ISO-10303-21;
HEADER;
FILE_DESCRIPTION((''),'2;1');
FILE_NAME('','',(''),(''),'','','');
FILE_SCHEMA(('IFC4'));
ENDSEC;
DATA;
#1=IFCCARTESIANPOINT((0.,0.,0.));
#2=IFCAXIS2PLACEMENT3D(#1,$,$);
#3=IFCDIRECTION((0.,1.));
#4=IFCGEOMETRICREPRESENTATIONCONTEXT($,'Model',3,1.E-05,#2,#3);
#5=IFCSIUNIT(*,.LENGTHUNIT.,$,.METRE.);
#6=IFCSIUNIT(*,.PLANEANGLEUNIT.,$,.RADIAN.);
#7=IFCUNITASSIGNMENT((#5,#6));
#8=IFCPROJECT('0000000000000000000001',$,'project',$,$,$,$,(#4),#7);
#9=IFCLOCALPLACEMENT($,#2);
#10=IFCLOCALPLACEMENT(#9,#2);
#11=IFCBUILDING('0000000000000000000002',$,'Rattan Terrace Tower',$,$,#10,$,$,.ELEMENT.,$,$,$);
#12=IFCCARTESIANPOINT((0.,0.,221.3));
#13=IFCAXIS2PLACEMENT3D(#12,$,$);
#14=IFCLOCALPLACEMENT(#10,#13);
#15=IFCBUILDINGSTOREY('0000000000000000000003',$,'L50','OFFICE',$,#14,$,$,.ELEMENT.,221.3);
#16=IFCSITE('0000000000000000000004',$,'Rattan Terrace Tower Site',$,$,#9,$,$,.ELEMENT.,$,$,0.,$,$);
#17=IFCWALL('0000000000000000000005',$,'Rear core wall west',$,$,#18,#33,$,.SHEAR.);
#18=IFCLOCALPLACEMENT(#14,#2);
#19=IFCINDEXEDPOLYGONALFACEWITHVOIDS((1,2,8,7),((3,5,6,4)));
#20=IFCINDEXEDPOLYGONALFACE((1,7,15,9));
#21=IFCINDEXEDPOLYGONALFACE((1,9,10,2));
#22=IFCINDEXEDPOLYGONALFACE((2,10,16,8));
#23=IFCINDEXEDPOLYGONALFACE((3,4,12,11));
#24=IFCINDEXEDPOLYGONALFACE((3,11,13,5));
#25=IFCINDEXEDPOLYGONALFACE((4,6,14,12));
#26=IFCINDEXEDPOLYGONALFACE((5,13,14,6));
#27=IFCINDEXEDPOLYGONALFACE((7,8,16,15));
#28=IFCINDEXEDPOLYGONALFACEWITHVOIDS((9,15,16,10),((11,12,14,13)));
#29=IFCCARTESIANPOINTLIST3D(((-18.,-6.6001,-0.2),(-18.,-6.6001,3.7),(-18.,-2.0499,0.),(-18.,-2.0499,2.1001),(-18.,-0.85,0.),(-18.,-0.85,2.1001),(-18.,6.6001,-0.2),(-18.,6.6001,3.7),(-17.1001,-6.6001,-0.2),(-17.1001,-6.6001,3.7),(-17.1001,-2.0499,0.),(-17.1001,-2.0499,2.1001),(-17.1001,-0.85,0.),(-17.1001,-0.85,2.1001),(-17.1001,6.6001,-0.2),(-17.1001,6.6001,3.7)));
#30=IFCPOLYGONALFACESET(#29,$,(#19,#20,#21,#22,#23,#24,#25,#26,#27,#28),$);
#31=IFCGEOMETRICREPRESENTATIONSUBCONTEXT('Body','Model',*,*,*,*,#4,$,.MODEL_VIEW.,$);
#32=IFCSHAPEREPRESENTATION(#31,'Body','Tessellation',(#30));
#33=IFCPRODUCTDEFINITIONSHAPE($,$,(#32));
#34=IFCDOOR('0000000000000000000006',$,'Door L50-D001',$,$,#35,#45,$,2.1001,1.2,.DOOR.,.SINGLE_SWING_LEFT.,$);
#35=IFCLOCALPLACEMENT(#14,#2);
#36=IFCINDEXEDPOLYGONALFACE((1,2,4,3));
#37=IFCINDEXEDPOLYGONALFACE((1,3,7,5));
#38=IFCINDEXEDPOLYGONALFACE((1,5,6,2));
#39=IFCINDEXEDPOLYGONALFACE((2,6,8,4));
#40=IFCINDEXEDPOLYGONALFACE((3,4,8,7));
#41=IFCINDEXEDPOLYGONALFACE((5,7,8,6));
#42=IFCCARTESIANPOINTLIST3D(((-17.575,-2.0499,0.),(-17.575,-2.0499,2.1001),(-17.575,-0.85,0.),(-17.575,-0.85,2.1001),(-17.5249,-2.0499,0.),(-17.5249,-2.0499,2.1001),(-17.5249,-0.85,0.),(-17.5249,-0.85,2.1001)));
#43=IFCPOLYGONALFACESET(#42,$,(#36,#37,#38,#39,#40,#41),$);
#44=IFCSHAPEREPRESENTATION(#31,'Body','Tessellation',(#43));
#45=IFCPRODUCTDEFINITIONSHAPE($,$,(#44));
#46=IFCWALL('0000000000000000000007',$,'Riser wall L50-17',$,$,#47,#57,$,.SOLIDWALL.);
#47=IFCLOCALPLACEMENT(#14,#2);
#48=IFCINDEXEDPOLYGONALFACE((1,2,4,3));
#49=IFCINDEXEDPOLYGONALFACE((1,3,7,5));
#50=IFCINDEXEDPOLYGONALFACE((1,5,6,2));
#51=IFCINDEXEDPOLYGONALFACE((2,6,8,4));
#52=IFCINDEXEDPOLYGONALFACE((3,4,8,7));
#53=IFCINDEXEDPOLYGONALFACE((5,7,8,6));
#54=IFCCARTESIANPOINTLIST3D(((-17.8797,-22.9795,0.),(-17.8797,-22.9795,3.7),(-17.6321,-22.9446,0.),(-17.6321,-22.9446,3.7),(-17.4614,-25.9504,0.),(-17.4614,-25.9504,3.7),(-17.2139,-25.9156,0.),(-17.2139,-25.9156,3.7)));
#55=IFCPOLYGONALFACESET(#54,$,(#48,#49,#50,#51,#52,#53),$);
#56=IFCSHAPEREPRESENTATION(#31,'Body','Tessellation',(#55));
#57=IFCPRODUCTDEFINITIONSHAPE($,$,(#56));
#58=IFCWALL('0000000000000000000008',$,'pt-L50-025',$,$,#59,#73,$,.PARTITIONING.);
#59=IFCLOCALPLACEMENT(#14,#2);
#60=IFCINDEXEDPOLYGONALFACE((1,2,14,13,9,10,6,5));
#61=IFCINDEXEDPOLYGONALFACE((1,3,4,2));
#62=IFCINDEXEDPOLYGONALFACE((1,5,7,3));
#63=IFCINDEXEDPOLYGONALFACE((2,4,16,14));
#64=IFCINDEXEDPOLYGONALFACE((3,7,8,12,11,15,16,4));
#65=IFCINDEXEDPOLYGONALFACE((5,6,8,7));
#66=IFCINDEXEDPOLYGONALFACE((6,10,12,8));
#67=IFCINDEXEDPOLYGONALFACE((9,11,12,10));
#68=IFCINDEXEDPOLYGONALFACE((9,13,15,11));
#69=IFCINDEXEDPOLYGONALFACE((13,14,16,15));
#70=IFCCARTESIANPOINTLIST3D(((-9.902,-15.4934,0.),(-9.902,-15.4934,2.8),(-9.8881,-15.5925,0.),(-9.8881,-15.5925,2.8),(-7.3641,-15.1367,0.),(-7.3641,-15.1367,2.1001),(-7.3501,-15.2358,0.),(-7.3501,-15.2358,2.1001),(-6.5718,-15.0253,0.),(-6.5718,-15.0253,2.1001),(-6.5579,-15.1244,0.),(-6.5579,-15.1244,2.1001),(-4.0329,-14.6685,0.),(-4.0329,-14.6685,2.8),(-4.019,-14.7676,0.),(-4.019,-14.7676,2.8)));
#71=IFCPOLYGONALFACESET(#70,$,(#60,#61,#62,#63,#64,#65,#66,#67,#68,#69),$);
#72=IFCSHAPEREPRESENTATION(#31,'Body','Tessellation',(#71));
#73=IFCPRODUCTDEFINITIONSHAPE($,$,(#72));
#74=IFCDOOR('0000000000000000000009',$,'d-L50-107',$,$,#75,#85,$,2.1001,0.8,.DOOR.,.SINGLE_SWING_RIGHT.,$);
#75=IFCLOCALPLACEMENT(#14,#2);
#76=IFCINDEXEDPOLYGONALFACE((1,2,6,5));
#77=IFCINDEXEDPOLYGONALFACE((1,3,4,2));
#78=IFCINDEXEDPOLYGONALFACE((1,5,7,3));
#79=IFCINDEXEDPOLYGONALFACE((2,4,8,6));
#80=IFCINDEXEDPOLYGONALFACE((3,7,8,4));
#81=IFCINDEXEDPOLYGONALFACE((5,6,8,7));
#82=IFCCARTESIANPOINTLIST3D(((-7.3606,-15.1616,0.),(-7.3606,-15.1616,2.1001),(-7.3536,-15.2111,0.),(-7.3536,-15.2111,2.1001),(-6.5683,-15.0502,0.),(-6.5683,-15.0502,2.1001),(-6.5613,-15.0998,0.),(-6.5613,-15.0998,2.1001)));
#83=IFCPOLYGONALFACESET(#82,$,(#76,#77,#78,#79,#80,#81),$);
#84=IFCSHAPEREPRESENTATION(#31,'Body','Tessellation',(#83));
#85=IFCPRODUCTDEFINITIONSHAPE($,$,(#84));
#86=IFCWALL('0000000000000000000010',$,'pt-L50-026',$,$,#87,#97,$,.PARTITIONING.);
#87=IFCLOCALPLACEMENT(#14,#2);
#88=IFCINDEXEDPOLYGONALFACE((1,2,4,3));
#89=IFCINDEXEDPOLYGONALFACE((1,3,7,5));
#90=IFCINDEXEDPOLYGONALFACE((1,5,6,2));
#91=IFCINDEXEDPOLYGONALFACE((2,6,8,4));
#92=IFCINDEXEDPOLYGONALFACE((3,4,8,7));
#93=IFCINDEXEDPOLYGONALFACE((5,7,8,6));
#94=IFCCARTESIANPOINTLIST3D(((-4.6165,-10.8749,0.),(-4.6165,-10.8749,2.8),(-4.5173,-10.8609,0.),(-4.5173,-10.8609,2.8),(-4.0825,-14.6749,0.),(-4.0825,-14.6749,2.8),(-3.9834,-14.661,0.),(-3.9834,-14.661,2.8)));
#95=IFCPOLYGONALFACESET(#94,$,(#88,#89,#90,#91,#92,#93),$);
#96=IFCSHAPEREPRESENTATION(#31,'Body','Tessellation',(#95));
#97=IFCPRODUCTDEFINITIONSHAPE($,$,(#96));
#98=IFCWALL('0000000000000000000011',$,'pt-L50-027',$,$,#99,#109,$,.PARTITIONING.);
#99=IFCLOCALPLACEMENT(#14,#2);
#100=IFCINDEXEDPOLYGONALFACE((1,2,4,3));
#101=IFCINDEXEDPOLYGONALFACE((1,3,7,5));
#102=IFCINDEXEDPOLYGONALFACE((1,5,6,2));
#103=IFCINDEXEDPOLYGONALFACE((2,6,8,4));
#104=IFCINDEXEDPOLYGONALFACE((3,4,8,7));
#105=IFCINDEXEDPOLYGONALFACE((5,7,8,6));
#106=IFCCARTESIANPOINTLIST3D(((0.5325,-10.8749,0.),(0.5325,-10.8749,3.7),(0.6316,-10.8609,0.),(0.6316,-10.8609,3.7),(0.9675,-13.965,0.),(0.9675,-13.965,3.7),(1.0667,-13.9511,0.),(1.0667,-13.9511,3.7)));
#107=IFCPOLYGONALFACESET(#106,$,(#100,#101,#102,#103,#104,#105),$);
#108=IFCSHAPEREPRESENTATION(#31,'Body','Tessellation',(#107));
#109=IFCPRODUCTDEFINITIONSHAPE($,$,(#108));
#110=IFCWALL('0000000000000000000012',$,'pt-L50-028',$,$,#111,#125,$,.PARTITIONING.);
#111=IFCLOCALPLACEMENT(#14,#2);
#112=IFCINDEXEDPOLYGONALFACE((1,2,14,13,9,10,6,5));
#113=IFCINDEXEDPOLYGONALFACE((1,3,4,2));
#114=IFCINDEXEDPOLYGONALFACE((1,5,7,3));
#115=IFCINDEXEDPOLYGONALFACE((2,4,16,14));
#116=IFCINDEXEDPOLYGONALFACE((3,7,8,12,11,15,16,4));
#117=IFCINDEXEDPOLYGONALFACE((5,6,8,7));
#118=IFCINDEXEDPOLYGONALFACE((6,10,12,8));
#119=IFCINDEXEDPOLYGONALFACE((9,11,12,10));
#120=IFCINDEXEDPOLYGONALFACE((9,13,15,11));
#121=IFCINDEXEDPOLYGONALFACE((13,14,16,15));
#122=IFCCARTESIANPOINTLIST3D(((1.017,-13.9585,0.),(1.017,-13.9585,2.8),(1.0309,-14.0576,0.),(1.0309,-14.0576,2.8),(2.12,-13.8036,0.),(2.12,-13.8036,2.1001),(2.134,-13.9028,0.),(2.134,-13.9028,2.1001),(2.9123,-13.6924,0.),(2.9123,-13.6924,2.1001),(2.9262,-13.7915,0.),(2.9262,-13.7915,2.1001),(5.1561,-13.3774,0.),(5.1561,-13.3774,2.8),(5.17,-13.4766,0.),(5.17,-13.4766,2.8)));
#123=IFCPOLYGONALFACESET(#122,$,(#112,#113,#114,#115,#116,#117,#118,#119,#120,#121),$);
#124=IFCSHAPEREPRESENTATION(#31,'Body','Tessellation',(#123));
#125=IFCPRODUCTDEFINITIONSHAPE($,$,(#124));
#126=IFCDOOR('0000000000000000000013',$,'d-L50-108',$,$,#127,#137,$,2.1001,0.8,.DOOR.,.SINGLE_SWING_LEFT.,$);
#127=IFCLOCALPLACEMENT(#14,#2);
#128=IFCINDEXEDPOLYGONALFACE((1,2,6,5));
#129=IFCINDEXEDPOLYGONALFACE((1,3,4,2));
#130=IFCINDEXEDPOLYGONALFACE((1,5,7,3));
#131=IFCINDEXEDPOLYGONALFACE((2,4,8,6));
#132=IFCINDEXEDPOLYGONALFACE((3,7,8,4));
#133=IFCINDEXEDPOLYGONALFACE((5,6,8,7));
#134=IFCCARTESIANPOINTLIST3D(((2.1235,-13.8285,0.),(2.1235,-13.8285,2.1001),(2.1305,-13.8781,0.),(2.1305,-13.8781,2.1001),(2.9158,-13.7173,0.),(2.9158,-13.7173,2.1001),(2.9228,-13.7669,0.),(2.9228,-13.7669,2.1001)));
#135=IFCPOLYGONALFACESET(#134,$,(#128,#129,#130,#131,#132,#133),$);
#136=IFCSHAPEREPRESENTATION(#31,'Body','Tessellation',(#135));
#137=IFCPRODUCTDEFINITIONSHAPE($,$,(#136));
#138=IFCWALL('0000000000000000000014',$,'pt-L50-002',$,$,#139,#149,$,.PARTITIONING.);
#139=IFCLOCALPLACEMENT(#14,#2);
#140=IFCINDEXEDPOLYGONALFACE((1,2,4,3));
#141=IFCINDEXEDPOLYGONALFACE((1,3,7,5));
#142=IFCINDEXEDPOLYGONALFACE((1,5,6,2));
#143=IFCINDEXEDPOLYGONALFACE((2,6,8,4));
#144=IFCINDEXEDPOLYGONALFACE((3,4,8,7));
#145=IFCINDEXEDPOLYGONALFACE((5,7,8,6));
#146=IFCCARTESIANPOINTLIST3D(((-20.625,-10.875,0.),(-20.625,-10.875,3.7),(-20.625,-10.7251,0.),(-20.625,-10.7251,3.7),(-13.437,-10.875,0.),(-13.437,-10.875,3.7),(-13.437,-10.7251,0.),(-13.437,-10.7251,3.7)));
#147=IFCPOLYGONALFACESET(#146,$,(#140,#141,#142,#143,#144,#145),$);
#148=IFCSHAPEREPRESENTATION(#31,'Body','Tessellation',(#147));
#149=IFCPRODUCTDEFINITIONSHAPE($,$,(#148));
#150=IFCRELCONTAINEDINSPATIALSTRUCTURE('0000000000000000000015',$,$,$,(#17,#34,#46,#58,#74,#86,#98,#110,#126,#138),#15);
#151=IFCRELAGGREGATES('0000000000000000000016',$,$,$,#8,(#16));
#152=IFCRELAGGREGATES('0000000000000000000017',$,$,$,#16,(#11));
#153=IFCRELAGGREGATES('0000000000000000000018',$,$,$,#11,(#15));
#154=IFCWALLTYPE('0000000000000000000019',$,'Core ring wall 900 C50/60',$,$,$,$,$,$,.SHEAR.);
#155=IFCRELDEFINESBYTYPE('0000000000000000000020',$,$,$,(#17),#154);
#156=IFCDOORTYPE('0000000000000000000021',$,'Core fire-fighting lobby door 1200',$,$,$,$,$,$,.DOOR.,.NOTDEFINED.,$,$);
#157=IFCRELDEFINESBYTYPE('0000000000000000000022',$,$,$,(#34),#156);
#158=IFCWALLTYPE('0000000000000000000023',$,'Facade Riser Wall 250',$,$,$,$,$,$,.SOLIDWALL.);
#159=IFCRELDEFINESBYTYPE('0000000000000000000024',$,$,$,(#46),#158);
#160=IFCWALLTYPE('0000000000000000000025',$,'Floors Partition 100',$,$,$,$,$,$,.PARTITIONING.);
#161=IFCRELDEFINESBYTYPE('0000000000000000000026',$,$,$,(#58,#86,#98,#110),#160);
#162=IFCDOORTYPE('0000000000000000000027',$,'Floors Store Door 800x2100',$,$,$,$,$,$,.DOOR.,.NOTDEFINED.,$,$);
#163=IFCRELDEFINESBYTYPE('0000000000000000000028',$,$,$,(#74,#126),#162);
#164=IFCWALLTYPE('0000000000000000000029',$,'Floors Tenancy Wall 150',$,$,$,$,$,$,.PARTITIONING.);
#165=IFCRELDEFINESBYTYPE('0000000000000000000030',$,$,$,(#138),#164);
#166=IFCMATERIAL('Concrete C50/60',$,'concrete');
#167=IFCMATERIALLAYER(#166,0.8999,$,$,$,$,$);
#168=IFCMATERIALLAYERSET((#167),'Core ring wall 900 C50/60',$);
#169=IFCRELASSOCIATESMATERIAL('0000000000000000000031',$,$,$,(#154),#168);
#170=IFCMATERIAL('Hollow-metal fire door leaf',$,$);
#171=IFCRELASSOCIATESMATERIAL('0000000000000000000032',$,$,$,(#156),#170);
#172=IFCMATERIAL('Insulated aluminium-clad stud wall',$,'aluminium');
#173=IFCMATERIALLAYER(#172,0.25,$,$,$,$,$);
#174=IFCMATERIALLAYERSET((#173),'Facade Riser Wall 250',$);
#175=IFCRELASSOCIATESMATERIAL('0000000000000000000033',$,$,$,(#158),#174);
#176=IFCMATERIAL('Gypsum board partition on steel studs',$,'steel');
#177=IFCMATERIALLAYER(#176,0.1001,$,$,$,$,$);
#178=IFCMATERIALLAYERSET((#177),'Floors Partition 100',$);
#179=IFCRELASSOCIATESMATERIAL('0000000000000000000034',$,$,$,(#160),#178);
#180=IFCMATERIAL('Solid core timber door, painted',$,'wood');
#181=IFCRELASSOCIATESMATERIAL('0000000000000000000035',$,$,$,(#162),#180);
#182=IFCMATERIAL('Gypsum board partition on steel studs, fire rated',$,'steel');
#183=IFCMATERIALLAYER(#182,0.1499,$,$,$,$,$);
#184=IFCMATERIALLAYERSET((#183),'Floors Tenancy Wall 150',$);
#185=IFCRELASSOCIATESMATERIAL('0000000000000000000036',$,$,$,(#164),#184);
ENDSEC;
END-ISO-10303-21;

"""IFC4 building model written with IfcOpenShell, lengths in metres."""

from ifc_helpers import new_model, si_unit, direction, frame, frame_2d, origin, place, context, subcontext, project, spatial, rectangle, extrude, material, layer, layer_set, type_object, element, fill, save


model = new_model("IFC4")

# Units and contexts
model_context = context("Model", 3, precision=1e-05, world=origin(), true_north=direction((0.0, 1.0)))
body_context = subcontext(model_context, "Body", "Model", "MODEL_VIEW")
ifc_project = project(units=[si_unit("LENGTHUNIT", "METRE"), si_unit("PLANEANGLEUNIT", "RADIAN")], contexts=[model_context])

# Site, building, storey
site_placement = place(None, origin())
site = spatial("IfcSite", under=ifc_project, at=site_placement, Name="Rattan Terrace Tower Site", CompositionType="ELEMENT", RefElevation=0.0)
building_placement = place(site_placement, origin())
building = spatial("IfcBuilding", under=site, at=building_placement, Name="Rattan Terrace Tower", CompositionType="ELEMENT")
storey_placement = place(building_placement, frame((0.0, 0.0, 221.3)))
storey = spatial("IfcBuildingStorey", under=building, at=storey_placement, Name="L50", Description="OFFICE", CompositionType="ELEMENT", Elevation=221.3)

# Wall, opening, door
ifc_material_1 = material(Name="Concrete C50/60", Category="concrete")
ifc_layer_1 = layer(ifc_material_1, 0.8999)
ifc_layer_set_1 = layer_set([ifc_layer_1], Name="Core ring wall 900 C50/60")
wall_type_1 = type_object("IfcWallType", Name="Core ring wall 900 C50/60", PredefinedType="SHEAR", material=ifc_layer_set_1)
wall_1_placement = place(storey_placement, frame((-17.55, -6.6001, -0.2), z_axis=(0.0, 0.0, 1.0), x_axis=(0.0, 1.0, 0.0)))
wall_1 = element("IfcWall", 1, at=wall_1_placement, inside=storey, type_object=wall_type_1, Name="Rear core wall west", PredefinedType="SHEAR", context=body_context, shape_type="SweptSolid", body=[
    extrude(rectangle(XDim=13.2002, YDim=0.8999, at=frame_2d((6.6001, 0.0))), origin(), (0.0, 0.0, 1.0), 3.8999),
])
opening_1_placement = place(wall_1_placement, frame((4.55, 0.0, 0.2)))
opening_1 = element("IfcOpeningElement", 2, at=opening_1_placement, cuts=wall_1, PredefinedType="OPENING", context=body_context, shape_type="SweptSolid", body=[
    extrude(rectangle(XDim=1.2, YDim=2.1001, at=frame_2d((0.6001, 1.05))), frame((0.0, 0.4604, 0.0), z_axis=(0.0, -1.0, 0.0), x_axis=(1.0, 0.0, 0.0)), (0.0, 0.0, 1.0), 0.9209),
])
ifc_material_2 = material(Name="Hollow-metal fire door leaf")
door_type_1 = type_object("IfcDoorType", Name="Core fire-fighting lobby door 1200", OperationType="NOTDEFINED", PredefinedType="DOOR", material=ifc_material_2)
door_1_placement = place(opening_1_placement, origin())
door_1 = element("IfcDoor", 3, at=door_1_placement, inside=storey, type_object=door_type_1, Name="Door L50-D001", OperationType="SINGLE_SWING_LEFT", OverallHeight=2.1001, OverallWidth=1.2, PredefinedType="DOOR", context=body_context, shape_type="SweptSolid", body=[
    extrude(rectangle(XDim=1.2, YDim=2.1001, at=frame_2d((0.6001, 1.05))), frame((0.0, 0.0249, 0.0), z_axis=(0.0, -1.0, 0.0), x_axis=(1.0, 0.0, 0.0)), (0.0, 0.0, 1.0), 0.05),
])
fill(opening_1, door_1)

# Wall
ifc_material_3 = material(Name="Insulated aluminium-clad stud wall", Category="aluminium")
ifc_layer_2 = layer(ifc_material_3, 0.25)
ifc_layer_set_2 = layer_set([ifc_layer_2], Name="Facade Riser Wall 250")
wall_type_2 = type_object("IfcWallType", Name="Facade Riser Wall 250", PredefinedType="SOLIDWALL", material=ifc_layer_set_2)
wall_2_placement = place(storey_placement, frame((-17.7559, -22.9622, 0.0), z_axis=(0.0, 0.0, 1.0), x_axis=(0.139393, -0.990237, 0.0)))
element("IfcWall", 4, at=wall_2_placement, inside=storey, type_object=wall_type_2, Name="Riser wall L50-17", PredefinedType="SOLIDWALL", context=body_context, shape_type="SweptSolid", body=[
    extrude(rectangle(XDim=3.0002, YDim=0.25, at=frame_2d((1.5, 0.0))), origin(), (0.0, 0.0, 1.0), 3.7),
])

# Wall, opening, door
ifc_material_4 = material(Name="Gypsum board partition on steel studs", Category="steel")
ifc_layer_3 = layer(ifc_material_4, 0.1001)
ifc_layer_set_3 = layer_set([ifc_layer_3], Name="Floors Partition 100")
wall_type_3 = type_object("IfcWallType", Name="Floors Partition 100", PredefinedType="PARTITIONING", material=ifc_layer_set_3)
wall_3_placement = place(storey_placement, frame((-9.895, -15.543, 0.0), z_axis=(0.0, 0.0, 1.0), x_axis=(0.990266, 0.139189, 0.0)))
wall_3 = element("IfcWall", 5, at=wall_3_placement, inside=storey, type_object=wall_type_3, Name="pt-L50-025", PredefinedType="PARTITIONING", context=body_context, shape_type="SweptSolid", body=[
    extrude(rectangle(XDim=5.9268, YDim=0.1001, at=frame_2d((2.9634, 0.0))), origin(), (0.0, 0.0, 1.0), 2.8),
])
opening_2_placement = place(wall_3_placement, frame((2.563, 0.0, 0.0)))
opening_2 = element("IfcOpeningElement", 6, at=opening_2_placement, cuts=wall_3, PredefinedType="OPENING", context=body_context, shape_type="SweptSolid", body=[
    extrude(rectangle(XDim=0.8, YDim=2.1001, at=frame_2d((0.3999, 1.05))), frame((0.0, 0.0605, 0.0), z_axis=(0.0, -1.0, 0.0), x_axis=(1.0, 0.0, 0.0)), (0.0, 0.0, 1.0), 0.1211),
])
ifc_material_5 = material(Name="Solid core timber door, painted", Category="wood")
door_type_2 = type_object("IfcDoorType", Name="Floors Store Door 800x2100", OperationType="NOTDEFINED", PredefinedType="DOOR", material=ifc_material_5)
door_2_placement = place(opening_2_placement, origin())
door_2 = element("IfcDoor", 7, at=door_2_placement, inside=storey, type_object=door_type_2, Name="d-L50-107", OperationType="SINGLE_SWING_RIGHT", OverallHeight=2.1001, OverallWidth=0.8, PredefinedType="DOOR", context=body_context, shape_type="SweptSolid", body=[
    extrude(rectangle(XDim=0.8, YDim=2.1001, at=frame_2d((0.3999, 1.05))), frame((0.0, 0.0249, 0.0), z_axis=(0.0, -1.0, 0.0), x_axis=(1.0, 0.0, 0.0)), (0.0, 0.0, 1.0), 0.05),
])
fill(opening_2, door_2)

# Walls
wall_4_placement = place(storey_placement, frame((-4.033, -14.668, 0.0), z_axis=(0.0, 0.0, 1.0), x_axis=(-0.139141, 0.990273, 0.0)))
element("IfcWall", 8, at=wall_4_placement, inside=storey, type_object=wall_type_3, Name="pt-L50-026", PredefinedType="PARTITIONING", context=body_context, shape_type="SweptSolid", body=[
    extrude(rectangle(XDim=3.8374, YDim=0.1001, at=frame_2d((1.9187, 0.0))), origin(), (0.0, 0.0, 1.0), 2.8),
])
wall_5_placement = place(storey_placement, frame((0.582, -10.8679, 0.0), z_axis=(0.0, 0.0, 1.0), x_axis=(0.139417, -0.990234, 0.0)))
element("IfcWall", 9, at=wall_5_placement, inside=storey, type_object=wall_type_3, Name="pt-L50-027", PredefinedType="PARTITIONING", context=body_context, shape_type="SweptSolid", body=[
    extrude(rectangle(XDim=3.1206, YDim=0.1001, at=frame_2d((1.5603, 0.0))), origin(), (0.0, 0.0, 1.0), 3.7),
])

# Wall, opening, door
wall_6_placement = place(storey_placement, frame((1.0239, -14.0081, 0.0), z_axis=(0.0, 0.0, 1.0), x_axis=(0.99029, 0.139017, 0.0)))
wall_6 = element("IfcWall", 10, at=wall_6_placement, inside=storey, type_object=wall_type_3, Name="pt-L50-028", PredefinedType="PARTITIONING", context=body_context, shape_type="SweptSolid", body=[
    extrude(rectangle(XDim=4.1797, YDim=0.1001, at=frame_2d((2.0898, 0.0))), origin(), (0.0, 0.0, 1.0), 2.8),
])
opening_3_placement = place(wall_6_placement, frame((1.114, 0.0, 0.0)))
opening_3 = element("IfcOpeningElement", 11, at=opening_3_placement, cuts=wall_6, PredefinedType="OPENING", context=body_context, shape_type="SweptSolid", body=[
    extrude(rectangle(XDim=0.8, YDim=2.1001, at=frame_2d((0.3999, 1.05))), frame((0.0, 0.0605, 0.0), z_axis=(0.0, -1.0, 0.0), x_axis=(1.0, 0.0, 0.0)), (0.0, 0.0, 1.0), 0.1211),
])
door_3_placement = place(opening_3_placement, origin())
door_3 = element("IfcDoor", 12, at=door_3_placement, inside=storey, type_object=door_type_2, Name="d-L50-108", OperationType="SINGLE_SWING_LEFT", OverallHeight=2.1001, OverallWidth=0.8, PredefinedType="DOOR", context=body_context, shape_type="SweptSolid", body=[
    extrude(rectangle(XDim=0.8, YDim=2.1001, at=frame_2d((0.3999, 1.05))), frame((0.0, 0.0249, 0.0), z_axis=(0.0, -1.0, 0.0), x_axis=(1.0, 0.0, 0.0)), (0.0, 0.0, 1.0), 0.05),
])
fill(opening_3, door_3)

# Wall
ifc_material_6 = material(Name="Gypsum board partition on steel studs, fire rated", Category="steel")
ifc_layer_4 = layer(ifc_material_6, 0.1499)
ifc_layer_set_4 = layer_set([ifc_layer_4], Name="Floors Tenancy Wall 150")
wall_type_4 = type_object("IfcWallType", Name="Floors Tenancy Wall 150", PredefinedType="PARTITIONING", material=ifc_layer_set_4)
wall_7_placement = place(storey_placement, frame((-13.437, -10.8, 0.0), z_axis=(0.0, 0.0, 1.0), x_axis=(-1.0, 0.0, 0.0)))
element("IfcWall", 13, at=wall_7_placement, inside=storey, type_object=wall_type_4, Name="pt-L50-002", PredefinedType="PARTITIONING", context=body_context, shape_type="SweptSolid", body=[
    extrude(rectangle(XDim=7.188, YDim=0.1499, at=frame_2d((3.594, 0.0))), origin(), (0.0, 0.0, 1.0), 3.7),
])

save(model, "model.ifc")
